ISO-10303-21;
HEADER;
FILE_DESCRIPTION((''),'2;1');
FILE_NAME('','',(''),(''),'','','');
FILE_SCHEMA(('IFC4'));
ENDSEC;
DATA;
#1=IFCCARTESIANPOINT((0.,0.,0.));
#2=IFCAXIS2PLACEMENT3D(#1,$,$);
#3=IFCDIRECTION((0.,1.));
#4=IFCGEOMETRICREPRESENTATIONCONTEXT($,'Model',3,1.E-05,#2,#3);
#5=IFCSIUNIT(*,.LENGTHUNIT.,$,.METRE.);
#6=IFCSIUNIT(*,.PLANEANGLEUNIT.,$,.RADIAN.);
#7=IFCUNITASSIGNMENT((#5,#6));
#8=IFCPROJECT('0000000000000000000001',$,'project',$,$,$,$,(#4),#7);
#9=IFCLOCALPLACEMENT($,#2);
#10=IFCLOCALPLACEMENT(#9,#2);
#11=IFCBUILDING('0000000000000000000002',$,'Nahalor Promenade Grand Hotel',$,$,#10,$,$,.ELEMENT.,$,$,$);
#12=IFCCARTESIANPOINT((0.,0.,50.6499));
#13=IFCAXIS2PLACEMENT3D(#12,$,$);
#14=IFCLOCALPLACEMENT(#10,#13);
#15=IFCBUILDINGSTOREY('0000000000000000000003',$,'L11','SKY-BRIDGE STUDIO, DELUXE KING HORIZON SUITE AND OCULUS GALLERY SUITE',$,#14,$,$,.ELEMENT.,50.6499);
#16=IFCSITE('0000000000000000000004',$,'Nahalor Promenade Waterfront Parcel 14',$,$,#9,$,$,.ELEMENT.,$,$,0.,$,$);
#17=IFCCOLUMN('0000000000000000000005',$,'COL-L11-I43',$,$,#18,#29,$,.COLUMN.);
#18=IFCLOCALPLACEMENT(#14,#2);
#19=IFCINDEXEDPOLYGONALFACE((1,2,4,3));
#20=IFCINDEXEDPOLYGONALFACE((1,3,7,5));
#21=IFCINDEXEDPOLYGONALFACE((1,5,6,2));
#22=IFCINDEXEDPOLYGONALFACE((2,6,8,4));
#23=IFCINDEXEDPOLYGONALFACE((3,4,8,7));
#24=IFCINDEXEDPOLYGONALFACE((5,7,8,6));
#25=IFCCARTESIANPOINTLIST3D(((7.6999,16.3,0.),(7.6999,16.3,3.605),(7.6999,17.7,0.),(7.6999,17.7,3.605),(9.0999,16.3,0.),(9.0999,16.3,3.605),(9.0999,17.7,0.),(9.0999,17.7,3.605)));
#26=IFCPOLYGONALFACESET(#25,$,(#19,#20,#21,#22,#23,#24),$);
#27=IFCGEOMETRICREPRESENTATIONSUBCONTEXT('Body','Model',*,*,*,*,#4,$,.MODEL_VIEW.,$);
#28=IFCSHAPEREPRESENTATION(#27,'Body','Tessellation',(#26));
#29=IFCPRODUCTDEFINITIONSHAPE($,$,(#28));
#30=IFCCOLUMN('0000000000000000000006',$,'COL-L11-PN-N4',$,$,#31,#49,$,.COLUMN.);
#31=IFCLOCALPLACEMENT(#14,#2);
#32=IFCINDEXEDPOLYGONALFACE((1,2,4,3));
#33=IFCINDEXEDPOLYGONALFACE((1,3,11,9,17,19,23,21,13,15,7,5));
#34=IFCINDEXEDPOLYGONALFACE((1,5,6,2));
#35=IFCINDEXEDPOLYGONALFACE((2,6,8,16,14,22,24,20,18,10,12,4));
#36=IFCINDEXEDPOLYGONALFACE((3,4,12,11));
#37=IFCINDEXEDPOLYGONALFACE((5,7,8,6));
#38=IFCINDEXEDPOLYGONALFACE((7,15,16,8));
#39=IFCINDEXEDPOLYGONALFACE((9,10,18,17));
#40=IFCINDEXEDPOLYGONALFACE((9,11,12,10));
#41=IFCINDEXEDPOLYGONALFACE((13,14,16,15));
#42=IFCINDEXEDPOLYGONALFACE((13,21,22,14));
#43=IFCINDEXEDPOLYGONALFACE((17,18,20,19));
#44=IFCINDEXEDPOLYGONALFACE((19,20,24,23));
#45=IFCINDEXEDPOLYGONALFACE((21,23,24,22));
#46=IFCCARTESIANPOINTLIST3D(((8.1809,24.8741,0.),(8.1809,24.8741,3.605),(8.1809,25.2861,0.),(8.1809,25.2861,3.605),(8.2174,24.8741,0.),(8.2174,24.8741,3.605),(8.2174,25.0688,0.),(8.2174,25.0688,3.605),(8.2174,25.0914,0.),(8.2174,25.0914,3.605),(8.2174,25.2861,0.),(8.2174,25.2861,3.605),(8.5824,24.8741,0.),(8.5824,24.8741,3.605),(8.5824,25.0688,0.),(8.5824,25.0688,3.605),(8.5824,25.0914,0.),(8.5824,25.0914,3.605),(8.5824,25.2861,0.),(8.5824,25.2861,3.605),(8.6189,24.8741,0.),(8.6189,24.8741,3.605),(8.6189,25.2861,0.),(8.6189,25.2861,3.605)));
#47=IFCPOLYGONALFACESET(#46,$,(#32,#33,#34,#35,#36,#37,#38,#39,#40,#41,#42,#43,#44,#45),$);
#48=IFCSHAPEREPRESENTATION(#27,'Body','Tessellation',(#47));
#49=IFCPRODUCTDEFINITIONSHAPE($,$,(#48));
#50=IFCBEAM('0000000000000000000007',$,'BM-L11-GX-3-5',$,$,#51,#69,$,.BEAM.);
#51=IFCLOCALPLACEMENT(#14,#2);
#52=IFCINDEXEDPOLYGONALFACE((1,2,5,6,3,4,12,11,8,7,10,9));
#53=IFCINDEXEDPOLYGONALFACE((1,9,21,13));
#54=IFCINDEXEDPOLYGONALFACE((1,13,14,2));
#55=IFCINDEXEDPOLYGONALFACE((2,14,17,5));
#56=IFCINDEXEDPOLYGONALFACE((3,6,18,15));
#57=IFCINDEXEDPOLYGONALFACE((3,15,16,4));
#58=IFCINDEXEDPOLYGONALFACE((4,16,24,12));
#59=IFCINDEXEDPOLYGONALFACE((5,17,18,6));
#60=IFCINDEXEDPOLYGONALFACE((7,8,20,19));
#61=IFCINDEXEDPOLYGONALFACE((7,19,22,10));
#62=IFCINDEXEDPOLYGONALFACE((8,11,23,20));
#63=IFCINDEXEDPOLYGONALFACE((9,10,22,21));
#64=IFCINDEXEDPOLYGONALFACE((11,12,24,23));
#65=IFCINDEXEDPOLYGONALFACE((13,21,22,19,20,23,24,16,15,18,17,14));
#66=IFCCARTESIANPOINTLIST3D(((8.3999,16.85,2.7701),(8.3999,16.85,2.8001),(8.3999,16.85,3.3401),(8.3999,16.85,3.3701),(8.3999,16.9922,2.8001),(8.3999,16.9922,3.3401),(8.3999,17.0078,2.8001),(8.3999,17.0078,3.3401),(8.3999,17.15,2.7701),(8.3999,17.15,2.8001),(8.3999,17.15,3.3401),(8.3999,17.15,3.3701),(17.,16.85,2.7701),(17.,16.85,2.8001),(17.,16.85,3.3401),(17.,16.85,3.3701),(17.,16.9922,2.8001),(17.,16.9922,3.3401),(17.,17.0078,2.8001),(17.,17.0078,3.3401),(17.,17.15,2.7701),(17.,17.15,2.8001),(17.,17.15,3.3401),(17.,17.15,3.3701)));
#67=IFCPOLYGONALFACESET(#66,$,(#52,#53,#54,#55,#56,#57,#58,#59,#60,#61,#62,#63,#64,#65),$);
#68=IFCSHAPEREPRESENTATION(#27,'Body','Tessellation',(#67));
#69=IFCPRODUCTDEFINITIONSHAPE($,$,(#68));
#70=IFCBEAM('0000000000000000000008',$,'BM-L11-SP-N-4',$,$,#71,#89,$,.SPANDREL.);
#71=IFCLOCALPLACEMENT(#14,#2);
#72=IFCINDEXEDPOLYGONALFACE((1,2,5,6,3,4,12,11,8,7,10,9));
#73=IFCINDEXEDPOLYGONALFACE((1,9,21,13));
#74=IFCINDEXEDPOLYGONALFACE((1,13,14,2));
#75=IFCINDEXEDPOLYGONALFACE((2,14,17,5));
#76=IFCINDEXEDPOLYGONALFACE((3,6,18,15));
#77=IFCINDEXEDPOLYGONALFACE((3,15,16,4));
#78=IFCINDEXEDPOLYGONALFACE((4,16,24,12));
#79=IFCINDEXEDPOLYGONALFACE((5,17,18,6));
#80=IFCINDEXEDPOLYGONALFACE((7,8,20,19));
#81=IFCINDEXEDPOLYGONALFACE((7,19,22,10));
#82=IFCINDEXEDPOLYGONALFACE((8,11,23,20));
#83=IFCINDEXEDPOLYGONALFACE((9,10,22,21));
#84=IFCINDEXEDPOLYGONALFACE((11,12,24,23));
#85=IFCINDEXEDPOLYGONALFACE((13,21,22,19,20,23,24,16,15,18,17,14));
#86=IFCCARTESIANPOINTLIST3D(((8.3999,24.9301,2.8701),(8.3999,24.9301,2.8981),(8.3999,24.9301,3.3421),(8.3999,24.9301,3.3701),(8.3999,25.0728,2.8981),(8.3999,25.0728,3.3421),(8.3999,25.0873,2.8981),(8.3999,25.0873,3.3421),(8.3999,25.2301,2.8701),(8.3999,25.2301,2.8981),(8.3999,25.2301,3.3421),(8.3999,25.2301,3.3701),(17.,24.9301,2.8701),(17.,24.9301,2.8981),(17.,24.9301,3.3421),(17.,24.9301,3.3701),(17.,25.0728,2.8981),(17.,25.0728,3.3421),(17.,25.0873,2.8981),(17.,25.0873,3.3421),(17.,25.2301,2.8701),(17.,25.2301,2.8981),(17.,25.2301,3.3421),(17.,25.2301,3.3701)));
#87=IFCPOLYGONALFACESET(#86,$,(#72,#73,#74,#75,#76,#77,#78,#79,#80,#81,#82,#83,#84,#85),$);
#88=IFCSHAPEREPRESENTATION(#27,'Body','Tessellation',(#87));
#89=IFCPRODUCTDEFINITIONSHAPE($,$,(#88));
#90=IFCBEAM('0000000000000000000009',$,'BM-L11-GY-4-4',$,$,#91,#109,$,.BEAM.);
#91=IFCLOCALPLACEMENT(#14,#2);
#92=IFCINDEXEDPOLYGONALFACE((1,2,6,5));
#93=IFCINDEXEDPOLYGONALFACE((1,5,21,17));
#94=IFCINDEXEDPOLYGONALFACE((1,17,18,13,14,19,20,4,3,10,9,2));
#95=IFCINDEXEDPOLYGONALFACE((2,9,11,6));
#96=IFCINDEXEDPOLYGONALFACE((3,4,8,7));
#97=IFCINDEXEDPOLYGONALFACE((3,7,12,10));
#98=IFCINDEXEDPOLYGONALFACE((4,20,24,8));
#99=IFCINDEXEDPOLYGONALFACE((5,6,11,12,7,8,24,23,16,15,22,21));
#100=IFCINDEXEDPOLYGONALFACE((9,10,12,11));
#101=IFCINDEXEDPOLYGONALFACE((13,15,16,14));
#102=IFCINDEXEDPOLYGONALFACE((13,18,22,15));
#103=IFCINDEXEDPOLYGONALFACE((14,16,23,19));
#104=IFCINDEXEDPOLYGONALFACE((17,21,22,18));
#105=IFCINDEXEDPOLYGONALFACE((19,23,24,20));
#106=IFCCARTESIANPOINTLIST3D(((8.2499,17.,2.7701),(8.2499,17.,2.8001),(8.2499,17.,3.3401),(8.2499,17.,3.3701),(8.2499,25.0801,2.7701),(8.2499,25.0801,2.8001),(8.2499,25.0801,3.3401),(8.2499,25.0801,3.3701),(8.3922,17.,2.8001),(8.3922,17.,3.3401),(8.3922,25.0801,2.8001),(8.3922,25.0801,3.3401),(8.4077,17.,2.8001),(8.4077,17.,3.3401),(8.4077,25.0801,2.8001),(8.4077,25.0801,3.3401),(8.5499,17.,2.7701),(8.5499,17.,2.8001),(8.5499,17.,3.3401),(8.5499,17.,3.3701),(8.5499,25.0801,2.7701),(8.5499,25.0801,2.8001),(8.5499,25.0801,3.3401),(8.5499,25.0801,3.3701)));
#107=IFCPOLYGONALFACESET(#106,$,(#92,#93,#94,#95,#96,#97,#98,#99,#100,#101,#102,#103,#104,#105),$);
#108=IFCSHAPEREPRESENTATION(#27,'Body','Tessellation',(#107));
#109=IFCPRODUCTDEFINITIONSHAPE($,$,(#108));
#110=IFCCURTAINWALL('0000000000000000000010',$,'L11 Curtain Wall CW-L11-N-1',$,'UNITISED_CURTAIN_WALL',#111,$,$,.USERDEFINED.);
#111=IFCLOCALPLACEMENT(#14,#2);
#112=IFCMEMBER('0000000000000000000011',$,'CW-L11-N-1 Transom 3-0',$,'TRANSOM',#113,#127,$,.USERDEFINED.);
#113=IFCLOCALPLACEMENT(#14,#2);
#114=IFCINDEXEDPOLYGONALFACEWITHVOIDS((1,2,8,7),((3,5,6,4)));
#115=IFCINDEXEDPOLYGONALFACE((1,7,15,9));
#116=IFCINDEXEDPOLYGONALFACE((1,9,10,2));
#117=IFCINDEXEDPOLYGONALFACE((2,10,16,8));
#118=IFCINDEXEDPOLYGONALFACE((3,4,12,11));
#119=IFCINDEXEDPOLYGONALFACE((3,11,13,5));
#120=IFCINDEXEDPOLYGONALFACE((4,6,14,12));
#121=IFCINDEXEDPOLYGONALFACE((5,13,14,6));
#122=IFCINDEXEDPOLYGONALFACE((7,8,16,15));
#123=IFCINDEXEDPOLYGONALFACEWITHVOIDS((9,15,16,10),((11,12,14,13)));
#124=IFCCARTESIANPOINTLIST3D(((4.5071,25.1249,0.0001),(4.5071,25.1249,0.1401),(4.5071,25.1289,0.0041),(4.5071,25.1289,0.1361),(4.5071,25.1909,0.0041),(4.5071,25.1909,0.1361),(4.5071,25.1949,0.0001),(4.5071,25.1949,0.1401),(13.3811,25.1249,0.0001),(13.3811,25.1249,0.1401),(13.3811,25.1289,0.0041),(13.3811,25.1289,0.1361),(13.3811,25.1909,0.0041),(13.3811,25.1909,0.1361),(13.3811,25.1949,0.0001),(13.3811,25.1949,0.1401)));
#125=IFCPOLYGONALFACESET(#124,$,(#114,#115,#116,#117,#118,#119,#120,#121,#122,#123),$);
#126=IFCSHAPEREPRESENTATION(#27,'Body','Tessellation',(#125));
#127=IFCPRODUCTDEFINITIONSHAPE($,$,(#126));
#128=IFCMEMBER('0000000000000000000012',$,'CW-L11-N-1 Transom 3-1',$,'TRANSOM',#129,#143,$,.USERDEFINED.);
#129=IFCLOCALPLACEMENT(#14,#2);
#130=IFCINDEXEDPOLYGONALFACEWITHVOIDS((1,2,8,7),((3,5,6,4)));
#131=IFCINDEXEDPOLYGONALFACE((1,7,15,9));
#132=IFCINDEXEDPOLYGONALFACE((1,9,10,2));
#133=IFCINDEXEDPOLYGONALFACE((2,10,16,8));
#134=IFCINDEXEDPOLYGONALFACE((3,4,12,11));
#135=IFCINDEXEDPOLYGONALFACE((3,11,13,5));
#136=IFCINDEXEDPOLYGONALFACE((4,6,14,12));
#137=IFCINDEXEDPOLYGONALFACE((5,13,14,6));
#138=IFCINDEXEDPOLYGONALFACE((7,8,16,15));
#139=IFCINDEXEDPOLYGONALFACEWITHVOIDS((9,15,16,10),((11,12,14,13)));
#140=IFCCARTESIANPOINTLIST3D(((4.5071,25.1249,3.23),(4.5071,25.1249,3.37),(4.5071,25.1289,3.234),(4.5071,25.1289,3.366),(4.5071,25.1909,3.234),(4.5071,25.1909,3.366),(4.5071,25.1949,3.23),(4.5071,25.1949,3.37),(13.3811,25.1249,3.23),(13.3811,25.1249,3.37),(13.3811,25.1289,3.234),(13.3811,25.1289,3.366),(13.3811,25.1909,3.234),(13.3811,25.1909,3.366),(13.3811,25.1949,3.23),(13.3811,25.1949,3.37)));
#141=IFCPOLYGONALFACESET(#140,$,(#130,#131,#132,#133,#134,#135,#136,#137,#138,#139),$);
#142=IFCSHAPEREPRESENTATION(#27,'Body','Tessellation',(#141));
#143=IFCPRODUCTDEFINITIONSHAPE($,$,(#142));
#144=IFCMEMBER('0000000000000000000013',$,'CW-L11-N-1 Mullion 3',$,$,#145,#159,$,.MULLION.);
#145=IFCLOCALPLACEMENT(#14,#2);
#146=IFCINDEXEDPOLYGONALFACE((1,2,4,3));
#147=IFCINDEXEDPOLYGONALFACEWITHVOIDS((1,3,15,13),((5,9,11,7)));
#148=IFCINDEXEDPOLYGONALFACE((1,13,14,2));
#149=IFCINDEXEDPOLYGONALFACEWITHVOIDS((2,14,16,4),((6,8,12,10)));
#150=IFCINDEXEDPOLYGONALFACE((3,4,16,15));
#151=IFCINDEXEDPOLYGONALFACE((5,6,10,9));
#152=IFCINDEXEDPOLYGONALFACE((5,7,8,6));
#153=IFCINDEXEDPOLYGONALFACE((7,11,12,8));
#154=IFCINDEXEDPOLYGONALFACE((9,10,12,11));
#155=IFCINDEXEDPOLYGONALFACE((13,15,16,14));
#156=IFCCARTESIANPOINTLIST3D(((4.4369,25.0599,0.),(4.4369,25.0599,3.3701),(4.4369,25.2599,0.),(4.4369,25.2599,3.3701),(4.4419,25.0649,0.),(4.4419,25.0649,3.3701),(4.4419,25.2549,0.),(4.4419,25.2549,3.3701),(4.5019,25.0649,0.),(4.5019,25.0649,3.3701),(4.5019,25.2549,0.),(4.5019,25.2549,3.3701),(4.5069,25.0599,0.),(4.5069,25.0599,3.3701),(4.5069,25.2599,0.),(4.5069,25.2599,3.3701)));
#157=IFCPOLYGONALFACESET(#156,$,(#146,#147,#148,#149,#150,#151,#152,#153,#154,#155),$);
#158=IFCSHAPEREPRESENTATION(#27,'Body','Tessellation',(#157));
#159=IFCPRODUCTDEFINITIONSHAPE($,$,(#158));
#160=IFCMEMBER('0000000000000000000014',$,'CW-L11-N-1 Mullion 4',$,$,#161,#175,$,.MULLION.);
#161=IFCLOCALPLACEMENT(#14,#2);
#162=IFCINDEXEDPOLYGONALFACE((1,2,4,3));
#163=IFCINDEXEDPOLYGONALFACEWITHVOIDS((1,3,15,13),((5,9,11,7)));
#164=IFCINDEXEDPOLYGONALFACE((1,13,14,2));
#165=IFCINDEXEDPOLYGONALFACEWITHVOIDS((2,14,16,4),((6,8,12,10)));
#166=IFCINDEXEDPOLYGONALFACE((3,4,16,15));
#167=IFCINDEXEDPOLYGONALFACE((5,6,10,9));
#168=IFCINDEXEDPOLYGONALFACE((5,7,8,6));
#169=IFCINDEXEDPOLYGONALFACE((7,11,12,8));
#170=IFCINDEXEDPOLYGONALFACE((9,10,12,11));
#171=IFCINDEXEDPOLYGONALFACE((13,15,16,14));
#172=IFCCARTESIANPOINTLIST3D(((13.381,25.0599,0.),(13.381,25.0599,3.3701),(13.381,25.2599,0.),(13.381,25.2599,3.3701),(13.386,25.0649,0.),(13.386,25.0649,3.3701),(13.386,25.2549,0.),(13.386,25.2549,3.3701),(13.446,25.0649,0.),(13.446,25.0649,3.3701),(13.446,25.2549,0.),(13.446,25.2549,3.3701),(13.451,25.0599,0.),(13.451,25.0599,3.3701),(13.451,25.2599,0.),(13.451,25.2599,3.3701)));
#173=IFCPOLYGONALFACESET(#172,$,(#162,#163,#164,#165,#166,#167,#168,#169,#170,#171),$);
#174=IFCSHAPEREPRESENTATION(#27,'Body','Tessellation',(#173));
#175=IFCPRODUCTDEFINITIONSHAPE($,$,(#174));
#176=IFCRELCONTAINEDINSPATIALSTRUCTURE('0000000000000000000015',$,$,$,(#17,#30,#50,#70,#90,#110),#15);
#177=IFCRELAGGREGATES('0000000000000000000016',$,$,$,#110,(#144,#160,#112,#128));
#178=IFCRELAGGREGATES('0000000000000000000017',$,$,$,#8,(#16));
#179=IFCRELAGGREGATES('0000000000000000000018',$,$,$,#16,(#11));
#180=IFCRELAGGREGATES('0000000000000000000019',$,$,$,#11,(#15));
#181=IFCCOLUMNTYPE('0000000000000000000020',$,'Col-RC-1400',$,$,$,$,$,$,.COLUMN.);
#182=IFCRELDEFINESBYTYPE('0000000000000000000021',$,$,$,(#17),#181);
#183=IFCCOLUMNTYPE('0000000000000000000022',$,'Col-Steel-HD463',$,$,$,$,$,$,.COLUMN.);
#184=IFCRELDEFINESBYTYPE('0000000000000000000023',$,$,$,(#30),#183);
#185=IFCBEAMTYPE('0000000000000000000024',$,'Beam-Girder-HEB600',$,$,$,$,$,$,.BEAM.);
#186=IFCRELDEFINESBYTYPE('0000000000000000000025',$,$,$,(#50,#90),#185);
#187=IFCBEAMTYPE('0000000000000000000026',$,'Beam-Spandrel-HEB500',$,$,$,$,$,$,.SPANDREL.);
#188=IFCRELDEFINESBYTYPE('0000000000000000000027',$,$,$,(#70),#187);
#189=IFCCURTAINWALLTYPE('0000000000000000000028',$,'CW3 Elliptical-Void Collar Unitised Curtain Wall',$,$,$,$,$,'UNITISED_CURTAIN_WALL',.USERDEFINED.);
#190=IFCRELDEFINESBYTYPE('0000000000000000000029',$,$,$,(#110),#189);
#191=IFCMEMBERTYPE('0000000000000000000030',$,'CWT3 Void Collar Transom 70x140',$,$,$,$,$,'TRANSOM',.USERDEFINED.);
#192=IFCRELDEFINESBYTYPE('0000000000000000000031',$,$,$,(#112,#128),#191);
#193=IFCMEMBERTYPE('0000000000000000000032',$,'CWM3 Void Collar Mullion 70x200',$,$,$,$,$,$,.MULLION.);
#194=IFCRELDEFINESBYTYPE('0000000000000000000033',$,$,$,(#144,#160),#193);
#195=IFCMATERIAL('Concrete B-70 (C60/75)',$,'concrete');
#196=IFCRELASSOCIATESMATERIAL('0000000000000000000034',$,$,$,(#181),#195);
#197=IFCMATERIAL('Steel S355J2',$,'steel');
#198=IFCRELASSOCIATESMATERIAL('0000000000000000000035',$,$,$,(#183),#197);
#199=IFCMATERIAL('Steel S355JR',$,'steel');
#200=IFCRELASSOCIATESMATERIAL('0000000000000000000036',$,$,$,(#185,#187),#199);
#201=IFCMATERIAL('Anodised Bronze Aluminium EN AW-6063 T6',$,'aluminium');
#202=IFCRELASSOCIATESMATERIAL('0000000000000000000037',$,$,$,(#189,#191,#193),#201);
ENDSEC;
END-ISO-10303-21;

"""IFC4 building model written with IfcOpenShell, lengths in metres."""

from ifc_helpers import new_model, si_unit, direction, frame, origin, origin_2d, place, context, subcontext, project, spatial, rectangle, hollow_rectangle, i_section, extrude, source, transform, mapped, material, material_profile, profile_set, type_object, element, aggregate, save


model = new_model("IFC4")

# Units and contexts
model_context = context("Model", 3, precision=1e-05, world=origin(), true_north=direction((0.0, 1.0)))
body_context = subcontext(model_context, "Body", "Model", "MODEL_VIEW")
ifc_project = project(units=[si_unit("LENGTHUNIT", "METRE"), si_unit("PLANEANGLEUNIT", "RADIAN")], contexts=[model_context])

# Site, building, storey
site_placement = place(None, origin())
site = spatial("IfcSite", under=ifc_project, at=site_placement, Name="Nahalor Promenade Waterfront Parcel 14", CompositionType="ELEMENT", RefElevation=0.0)
building_placement = place(site_placement, origin())
building = spatial("IfcBuilding", under=site, at=building_placement, Name="Nahalor Promenade Grand Hotel", CompositionType="ELEMENT")
storey_placement = place(building_placement, frame((0.0, 0.0, 50.6499)))
storey = spatial("IfcBuildingStorey", under=building, at=storey_placement, Name="L11", Description="SKY-BRIDGE STUDIO, DELUXE KING HORIZON SUITE AND OCULUS GALLERY SUITE", CompositionType="ELEMENT", Elevation=50.6499)

# Columns
ifc_material_1 = material(Name="Concrete B-70 (C60/75)", Category="concrete")
ifc_material_profile_1 = material_profile(ifc_material_1, rectangle(XDim=1.4, YDim=1.4, at=origin_2d()), Name="RC 1400x1400")
ifc_profile_set_1 = profile_set([ifc_material_profile_1], Name="Concrete B-70 (C60/75)")
column_type_1 = type_object("IfcColumnType", Name="Col-RC-1400", PredefinedType="COLUMN", material=ifc_profile_set_1)
shared_shape_1 = source(origin(), body_context, "Body", "SweptSolid", [
    extrude(rectangle(XDim=1.4, YDim=1.4, at=origin_2d()), origin(), (0.0, 0.0, 1.0), 3.605),
])
column_1_placement = place(storey_placement, frame((8.3999, 17.0, 0.0), z_axis=(0.0, 0.0, 1.0), x_axis=(1.0, 0.0, 0.0)))
element("IfcColumn", 1, at=column_1_placement, inside=storey, type_object=column_type_1, Name="COL-L11-I43", PredefinedType="COLUMN", context=body_context, shape_type="MappedRepresentation", body=[
    mapped(shared_shape_1, transform((0.0, 0.0, 0.0), scale=1.0)),
])
ifc_material_2 = material(Name="Steel S355J2", Category="steel")
ifc_material_profile_2 = material_profile(ifc_material_2, i_section(OverallWidth=0.412, OverallDepth=0.438, WebThickness=0.0226, FlangeThickness=0.0365, at=origin_2d()), Name="HD 400x463")
ifc_profile_set_2 = profile_set([ifc_material_profile_2], Name="Steel S355J2")
column_type_2 = type_object("IfcColumnType", Name="Col-Steel-HD463", PredefinedType="COLUMN", material=ifc_profile_set_2)
shared_shape_2 = source(origin(), body_context, "Body", "SweptSolid", [
    extrude(i_section(OverallWidth=0.412, OverallDepth=0.438, WebThickness=0.0226, FlangeThickness=0.0365, at=origin_2d()), origin(), (0.0, 0.0, 1.0), 3.605),
])
column_2_placement = place(storey_placement, frame((8.3999, 25.0801, 0.0), z_axis=(0.0, 0.0, 1.0), x_axis=(0.0, 1.0, 0.0)))
element("IfcColumn", 2, at=column_2_placement, inside=storey, type_object=column_type_2, Name="COL-L11-PN-N4", PredefinedType="COLUMN", context=body_context, shape_type="MappedRepresentation", body=[
    mapped(shared_shape_2, transform((0.0, 0.0, 0.0), scale=1.0)),
])

# Beams
ifc_material_3 = material(Name="Steel S355JR", Category="steel")
ifc_material_profile_3 = material_profile(ifc_material_3, i_section(OverallWidth=0.3, OverallDepth=0.6, WebThickness=0.0155, FlangeThickness=0.03, at=origin_2d()), Name="HEB 600")
ifc_profile_set_3 = profile_set([ifc_material_profile_3], Name="Steel S355JR")
beam_type_1 = type_object("IfcBeamType", Name="Beam-Girder-HEB600", PredefinedType="BEAM", material=ifc_profile_set_3)
shared_shape_3 = source(origin(), body_context, "Body", "SweptSolid", [
    extrude(i_section(OverallWidth=0.3, OverallDepth=0.6, WebThickness=0.0155, FlangeThickness=0.03, at=origin_2d()), origin(), (0.0, 0.0, 1.0), 8.6001),
])
beam_1_placement = place(storey_placement, frame((8.3999, 17.0, 3.0701), z_axis=(1.0, 0.0, 0.0), x_axis=(0.0, 1.0, 0.0)))
element("IfcBeam", 3, at=beam_1_placement, inside=storey, type_object=beam_type_1, Name="BM-L11-GX-3-5", PredefinedType="BEAM", context=body_context, shape_type="MappedRepresentation", body=[
    mapped(shared_shape_3, transform((0.0, 0.0, 0.0), scale=1.0)),
])
ifc_material_profile_4 = material_profile(ifc_material_3, i_section(OverallWidth=0.3, OverallDepth=0.5, WebThickness=0.0145, FlangeThickness=0.028, at=origin_2d()), Name="HEB 500")
ifc_profile_set_4 = profile_set([ifc_material_profile_4], Name="Steel S355JR")
beam_type_2 = type_object("IfcBeamType", Name="Beam-Spandrel-HEB500", PredefinedType="SPANDREL", material=ifc_profile_set_4)
shared_shape_4 = source(origin(), body_context, "Body", "SweptSolid", [
    extrude(i_section(OverallWidth=0.3, OverallDepth=0.5, WebThickness=0.0145, FlangeThickness=0.028, at=origin_2d()), origin(), (0.0, 0.0, 1.0), 8.6001),
])
beam_2_placement = place(storey_placement, frame((8.3999, 25.0801, 3.1201), z_axis=(1.0, 0.0, 0.0), x_axis=(0.0, 1.0, 0.0)))
element("IfcBeam", 4, at=beam_2_placement, inside=storey, type_object=beam_type_2, Name="BM-L11-SP-N-4", PredefinedType="SPANDREL", context=body_context, shape_type="MappedRepresentation", body=[
    mapped(shared_shape_4, transform((0.0, 0.0, 0.0), scale=1.0)),
])
shared_shape_5 = source(origin(), body_context, "Body", "SweptSolid", [
    extrude(i_section(OverallWidth=0.3, OverallDepth=0.6, WebThickness=0.0155, FlangeThickness=0.03, at=origin_2d()), origin(), (0.0, 0.0, 1.0), 8.0801),
])
beam_3_placement = place(storey_placement, frame((8.3999, 17.0, 3.0701), z_axis=(0.0, 1.0, 0.0), x_axis=(-1.0, 0.0, 0.0)))
element("IfcBeam", 5, at=beam_3_placement, inside=storey, type_object=beam_type_1, Name="BM-L11-GY-4-4", PredefinedType="BEAM", context=body_context, shape_type="MappedRepresentation", body=[
    mapped(shared_shape_5, transform((0.0, 0.0, 0.0), scale=1.0)),
])

# Curtain wall, members
ifc_material_4 = material(Name="Anodised Bronze Aluminium EN AW-6063 T6", Category="aluminium")
curtain_wall_type = type_object("IfcCurtainWallType", Name="CW3 Elliptical-Void Collar Unitised Curtain Wall", ElementType="UNITISED_CURTAIN_WALL", PredefinedType="USERDEFINED", material=ifc_material_4)
curtain_wall_placement = place(storey_placement, origin())
curtain_wall = element("IfcCurtainWall", 6, at=curtain_wall_placement, inside=storey, type_object=curtain_wall_type, Name="L11 Curtain Wall CW-L11-N-1", ObjectType="UNITISED_CURTAIN_WALL", PredefinedType="USERDEFINED")
ifc_material_profile_5 = material_profile(ifc_material_4, hollow_rectangle(XDim=0.07, YDim=0.14, WallThickness=0.004, at=origin_2d()), Name="CWT 70x140x4")
ifc_profile_set_5 = profile_set([ifc_material_profile_5], Name="Anodised Bronze Aluminium EN AW-6063 T6")
member_type_1 = type_object("IfcMemberType", Name="CWT3 Void Collar Transom 70x140", ElementType="TRANSOM", PredefinedType="USERDEFINED", material=ifc_profile_set_5)
shared_shape_6 = source(origin(), body_context, "Body", "SweptSolid", [
    extrude(hollow_rectangle(XDim=0.07, YDim=0.14, WallThickness=0.004, at=origin_2d()), origin(), (0.0, 0.0, 1.0), 8.874),
])
member_1_placement = place(storey_placement, frame((4.5071, 25.1599, 0.0701), z_axis=(1.0, 0.0, 0.0), x_axis=(0.0, 1.0, 0.0)))
member_1 = element("IfcMember", 7, at=member_1_placement, type_object=member_type_1, Name="CW-L11-N-1 Transom 3-0", ObjectType="TRANSOM", PredefinedType="USERDEFINED", context=body_context, shape_type="MappedRepresentation", body=[
    mapped(shared_shape_6, transform((0.0, 0.0, 0.0), scale=1.0)),
])
member_2_placement = place(storey_placement, frame((4.5071, 25.1599, 3.3), z_axis=(1.0, 0.0, 0.0), x_axis=(0.0, 1.0, 0.0)))
member_2 = element("IfcMember", 8, at=member_2_placement, type_object=member_type_1, Name="CW-L11-N-1 Transom 3-1", ObjectType="TRANSOM", PredefinedType="USERDEFINED", context=body_context, shape_type="MappedRepresentation", body=[
    mapped(shared_shape_6, transform((0.0, 0.0, 0.0), scale=1.0)),
])
ifc_material_profile_6 = material_profile(ifc_material_4, hollow_rectangle(XDim=0.07, YDim=0.2, WallThickness=0.005, at=origin_2d()), Name="CWM 70x200x5")
ifc_profile_set_6 = profile_set([ifc_material_profile_6], Name="Anodised Bronze Aluminium EN AW-6063 T6")
member_type_2 = type_object("IfcMemberType", Name="CWM3 Void Collar Mullion 70x200", PredefinedType="MULLION", material=ifc_profile_set_6)
shared_shape_7 = source(origin(), body_context, "Body", "SweptSolid", [
    extrude(hollow_rectangle(XDim=0.07, YDim=0.2, WallThickness=0.005, at=origin_2d()), origin(), (0.0, 0.0, 1.0), 3.3701),
])
member_3_placement = place(storey_placement, frame((4.4719, 25.1599, 0.0), z_axis=(0.0, 0.0, 1.0), x_axis=(1.0, 0.0, 0.0)))
member_3 = element("IfcMember", 9, at=member_3_placement, type_object=member_type_2, Name="CW-L11-N-1 Mullion 3", PredefinedType="MULLION", context=body_context, shape_type="MappedRepresentation", body=[
    mapped(shared_shape_7, transform((0.0, 0.0, 0.0), scale=1.0)),
])
member_4_placement = place(storey_placement, frame((13.416, 25.1599, 0.0), z_axis=(0.0, 0.0, 1.0), x_axis=(1.0, 0.0, 0.0)))
member_4 = element("IfcMember", 10, at=member_4_placement, type_object=member_type_2, Name="CW-L11-N-1 Mullion 4", PredefinedType="MULLION", context=body_context, shape_type="MappedRepresentation", body=[
    mapped(shared_shape_7, transform((0.0, 0.0, 0.0), scale=1.0)),
])
aggregate(curtain_wall, [member_3, member_4, member_1, member_2])

save(model, "model.ifc")
